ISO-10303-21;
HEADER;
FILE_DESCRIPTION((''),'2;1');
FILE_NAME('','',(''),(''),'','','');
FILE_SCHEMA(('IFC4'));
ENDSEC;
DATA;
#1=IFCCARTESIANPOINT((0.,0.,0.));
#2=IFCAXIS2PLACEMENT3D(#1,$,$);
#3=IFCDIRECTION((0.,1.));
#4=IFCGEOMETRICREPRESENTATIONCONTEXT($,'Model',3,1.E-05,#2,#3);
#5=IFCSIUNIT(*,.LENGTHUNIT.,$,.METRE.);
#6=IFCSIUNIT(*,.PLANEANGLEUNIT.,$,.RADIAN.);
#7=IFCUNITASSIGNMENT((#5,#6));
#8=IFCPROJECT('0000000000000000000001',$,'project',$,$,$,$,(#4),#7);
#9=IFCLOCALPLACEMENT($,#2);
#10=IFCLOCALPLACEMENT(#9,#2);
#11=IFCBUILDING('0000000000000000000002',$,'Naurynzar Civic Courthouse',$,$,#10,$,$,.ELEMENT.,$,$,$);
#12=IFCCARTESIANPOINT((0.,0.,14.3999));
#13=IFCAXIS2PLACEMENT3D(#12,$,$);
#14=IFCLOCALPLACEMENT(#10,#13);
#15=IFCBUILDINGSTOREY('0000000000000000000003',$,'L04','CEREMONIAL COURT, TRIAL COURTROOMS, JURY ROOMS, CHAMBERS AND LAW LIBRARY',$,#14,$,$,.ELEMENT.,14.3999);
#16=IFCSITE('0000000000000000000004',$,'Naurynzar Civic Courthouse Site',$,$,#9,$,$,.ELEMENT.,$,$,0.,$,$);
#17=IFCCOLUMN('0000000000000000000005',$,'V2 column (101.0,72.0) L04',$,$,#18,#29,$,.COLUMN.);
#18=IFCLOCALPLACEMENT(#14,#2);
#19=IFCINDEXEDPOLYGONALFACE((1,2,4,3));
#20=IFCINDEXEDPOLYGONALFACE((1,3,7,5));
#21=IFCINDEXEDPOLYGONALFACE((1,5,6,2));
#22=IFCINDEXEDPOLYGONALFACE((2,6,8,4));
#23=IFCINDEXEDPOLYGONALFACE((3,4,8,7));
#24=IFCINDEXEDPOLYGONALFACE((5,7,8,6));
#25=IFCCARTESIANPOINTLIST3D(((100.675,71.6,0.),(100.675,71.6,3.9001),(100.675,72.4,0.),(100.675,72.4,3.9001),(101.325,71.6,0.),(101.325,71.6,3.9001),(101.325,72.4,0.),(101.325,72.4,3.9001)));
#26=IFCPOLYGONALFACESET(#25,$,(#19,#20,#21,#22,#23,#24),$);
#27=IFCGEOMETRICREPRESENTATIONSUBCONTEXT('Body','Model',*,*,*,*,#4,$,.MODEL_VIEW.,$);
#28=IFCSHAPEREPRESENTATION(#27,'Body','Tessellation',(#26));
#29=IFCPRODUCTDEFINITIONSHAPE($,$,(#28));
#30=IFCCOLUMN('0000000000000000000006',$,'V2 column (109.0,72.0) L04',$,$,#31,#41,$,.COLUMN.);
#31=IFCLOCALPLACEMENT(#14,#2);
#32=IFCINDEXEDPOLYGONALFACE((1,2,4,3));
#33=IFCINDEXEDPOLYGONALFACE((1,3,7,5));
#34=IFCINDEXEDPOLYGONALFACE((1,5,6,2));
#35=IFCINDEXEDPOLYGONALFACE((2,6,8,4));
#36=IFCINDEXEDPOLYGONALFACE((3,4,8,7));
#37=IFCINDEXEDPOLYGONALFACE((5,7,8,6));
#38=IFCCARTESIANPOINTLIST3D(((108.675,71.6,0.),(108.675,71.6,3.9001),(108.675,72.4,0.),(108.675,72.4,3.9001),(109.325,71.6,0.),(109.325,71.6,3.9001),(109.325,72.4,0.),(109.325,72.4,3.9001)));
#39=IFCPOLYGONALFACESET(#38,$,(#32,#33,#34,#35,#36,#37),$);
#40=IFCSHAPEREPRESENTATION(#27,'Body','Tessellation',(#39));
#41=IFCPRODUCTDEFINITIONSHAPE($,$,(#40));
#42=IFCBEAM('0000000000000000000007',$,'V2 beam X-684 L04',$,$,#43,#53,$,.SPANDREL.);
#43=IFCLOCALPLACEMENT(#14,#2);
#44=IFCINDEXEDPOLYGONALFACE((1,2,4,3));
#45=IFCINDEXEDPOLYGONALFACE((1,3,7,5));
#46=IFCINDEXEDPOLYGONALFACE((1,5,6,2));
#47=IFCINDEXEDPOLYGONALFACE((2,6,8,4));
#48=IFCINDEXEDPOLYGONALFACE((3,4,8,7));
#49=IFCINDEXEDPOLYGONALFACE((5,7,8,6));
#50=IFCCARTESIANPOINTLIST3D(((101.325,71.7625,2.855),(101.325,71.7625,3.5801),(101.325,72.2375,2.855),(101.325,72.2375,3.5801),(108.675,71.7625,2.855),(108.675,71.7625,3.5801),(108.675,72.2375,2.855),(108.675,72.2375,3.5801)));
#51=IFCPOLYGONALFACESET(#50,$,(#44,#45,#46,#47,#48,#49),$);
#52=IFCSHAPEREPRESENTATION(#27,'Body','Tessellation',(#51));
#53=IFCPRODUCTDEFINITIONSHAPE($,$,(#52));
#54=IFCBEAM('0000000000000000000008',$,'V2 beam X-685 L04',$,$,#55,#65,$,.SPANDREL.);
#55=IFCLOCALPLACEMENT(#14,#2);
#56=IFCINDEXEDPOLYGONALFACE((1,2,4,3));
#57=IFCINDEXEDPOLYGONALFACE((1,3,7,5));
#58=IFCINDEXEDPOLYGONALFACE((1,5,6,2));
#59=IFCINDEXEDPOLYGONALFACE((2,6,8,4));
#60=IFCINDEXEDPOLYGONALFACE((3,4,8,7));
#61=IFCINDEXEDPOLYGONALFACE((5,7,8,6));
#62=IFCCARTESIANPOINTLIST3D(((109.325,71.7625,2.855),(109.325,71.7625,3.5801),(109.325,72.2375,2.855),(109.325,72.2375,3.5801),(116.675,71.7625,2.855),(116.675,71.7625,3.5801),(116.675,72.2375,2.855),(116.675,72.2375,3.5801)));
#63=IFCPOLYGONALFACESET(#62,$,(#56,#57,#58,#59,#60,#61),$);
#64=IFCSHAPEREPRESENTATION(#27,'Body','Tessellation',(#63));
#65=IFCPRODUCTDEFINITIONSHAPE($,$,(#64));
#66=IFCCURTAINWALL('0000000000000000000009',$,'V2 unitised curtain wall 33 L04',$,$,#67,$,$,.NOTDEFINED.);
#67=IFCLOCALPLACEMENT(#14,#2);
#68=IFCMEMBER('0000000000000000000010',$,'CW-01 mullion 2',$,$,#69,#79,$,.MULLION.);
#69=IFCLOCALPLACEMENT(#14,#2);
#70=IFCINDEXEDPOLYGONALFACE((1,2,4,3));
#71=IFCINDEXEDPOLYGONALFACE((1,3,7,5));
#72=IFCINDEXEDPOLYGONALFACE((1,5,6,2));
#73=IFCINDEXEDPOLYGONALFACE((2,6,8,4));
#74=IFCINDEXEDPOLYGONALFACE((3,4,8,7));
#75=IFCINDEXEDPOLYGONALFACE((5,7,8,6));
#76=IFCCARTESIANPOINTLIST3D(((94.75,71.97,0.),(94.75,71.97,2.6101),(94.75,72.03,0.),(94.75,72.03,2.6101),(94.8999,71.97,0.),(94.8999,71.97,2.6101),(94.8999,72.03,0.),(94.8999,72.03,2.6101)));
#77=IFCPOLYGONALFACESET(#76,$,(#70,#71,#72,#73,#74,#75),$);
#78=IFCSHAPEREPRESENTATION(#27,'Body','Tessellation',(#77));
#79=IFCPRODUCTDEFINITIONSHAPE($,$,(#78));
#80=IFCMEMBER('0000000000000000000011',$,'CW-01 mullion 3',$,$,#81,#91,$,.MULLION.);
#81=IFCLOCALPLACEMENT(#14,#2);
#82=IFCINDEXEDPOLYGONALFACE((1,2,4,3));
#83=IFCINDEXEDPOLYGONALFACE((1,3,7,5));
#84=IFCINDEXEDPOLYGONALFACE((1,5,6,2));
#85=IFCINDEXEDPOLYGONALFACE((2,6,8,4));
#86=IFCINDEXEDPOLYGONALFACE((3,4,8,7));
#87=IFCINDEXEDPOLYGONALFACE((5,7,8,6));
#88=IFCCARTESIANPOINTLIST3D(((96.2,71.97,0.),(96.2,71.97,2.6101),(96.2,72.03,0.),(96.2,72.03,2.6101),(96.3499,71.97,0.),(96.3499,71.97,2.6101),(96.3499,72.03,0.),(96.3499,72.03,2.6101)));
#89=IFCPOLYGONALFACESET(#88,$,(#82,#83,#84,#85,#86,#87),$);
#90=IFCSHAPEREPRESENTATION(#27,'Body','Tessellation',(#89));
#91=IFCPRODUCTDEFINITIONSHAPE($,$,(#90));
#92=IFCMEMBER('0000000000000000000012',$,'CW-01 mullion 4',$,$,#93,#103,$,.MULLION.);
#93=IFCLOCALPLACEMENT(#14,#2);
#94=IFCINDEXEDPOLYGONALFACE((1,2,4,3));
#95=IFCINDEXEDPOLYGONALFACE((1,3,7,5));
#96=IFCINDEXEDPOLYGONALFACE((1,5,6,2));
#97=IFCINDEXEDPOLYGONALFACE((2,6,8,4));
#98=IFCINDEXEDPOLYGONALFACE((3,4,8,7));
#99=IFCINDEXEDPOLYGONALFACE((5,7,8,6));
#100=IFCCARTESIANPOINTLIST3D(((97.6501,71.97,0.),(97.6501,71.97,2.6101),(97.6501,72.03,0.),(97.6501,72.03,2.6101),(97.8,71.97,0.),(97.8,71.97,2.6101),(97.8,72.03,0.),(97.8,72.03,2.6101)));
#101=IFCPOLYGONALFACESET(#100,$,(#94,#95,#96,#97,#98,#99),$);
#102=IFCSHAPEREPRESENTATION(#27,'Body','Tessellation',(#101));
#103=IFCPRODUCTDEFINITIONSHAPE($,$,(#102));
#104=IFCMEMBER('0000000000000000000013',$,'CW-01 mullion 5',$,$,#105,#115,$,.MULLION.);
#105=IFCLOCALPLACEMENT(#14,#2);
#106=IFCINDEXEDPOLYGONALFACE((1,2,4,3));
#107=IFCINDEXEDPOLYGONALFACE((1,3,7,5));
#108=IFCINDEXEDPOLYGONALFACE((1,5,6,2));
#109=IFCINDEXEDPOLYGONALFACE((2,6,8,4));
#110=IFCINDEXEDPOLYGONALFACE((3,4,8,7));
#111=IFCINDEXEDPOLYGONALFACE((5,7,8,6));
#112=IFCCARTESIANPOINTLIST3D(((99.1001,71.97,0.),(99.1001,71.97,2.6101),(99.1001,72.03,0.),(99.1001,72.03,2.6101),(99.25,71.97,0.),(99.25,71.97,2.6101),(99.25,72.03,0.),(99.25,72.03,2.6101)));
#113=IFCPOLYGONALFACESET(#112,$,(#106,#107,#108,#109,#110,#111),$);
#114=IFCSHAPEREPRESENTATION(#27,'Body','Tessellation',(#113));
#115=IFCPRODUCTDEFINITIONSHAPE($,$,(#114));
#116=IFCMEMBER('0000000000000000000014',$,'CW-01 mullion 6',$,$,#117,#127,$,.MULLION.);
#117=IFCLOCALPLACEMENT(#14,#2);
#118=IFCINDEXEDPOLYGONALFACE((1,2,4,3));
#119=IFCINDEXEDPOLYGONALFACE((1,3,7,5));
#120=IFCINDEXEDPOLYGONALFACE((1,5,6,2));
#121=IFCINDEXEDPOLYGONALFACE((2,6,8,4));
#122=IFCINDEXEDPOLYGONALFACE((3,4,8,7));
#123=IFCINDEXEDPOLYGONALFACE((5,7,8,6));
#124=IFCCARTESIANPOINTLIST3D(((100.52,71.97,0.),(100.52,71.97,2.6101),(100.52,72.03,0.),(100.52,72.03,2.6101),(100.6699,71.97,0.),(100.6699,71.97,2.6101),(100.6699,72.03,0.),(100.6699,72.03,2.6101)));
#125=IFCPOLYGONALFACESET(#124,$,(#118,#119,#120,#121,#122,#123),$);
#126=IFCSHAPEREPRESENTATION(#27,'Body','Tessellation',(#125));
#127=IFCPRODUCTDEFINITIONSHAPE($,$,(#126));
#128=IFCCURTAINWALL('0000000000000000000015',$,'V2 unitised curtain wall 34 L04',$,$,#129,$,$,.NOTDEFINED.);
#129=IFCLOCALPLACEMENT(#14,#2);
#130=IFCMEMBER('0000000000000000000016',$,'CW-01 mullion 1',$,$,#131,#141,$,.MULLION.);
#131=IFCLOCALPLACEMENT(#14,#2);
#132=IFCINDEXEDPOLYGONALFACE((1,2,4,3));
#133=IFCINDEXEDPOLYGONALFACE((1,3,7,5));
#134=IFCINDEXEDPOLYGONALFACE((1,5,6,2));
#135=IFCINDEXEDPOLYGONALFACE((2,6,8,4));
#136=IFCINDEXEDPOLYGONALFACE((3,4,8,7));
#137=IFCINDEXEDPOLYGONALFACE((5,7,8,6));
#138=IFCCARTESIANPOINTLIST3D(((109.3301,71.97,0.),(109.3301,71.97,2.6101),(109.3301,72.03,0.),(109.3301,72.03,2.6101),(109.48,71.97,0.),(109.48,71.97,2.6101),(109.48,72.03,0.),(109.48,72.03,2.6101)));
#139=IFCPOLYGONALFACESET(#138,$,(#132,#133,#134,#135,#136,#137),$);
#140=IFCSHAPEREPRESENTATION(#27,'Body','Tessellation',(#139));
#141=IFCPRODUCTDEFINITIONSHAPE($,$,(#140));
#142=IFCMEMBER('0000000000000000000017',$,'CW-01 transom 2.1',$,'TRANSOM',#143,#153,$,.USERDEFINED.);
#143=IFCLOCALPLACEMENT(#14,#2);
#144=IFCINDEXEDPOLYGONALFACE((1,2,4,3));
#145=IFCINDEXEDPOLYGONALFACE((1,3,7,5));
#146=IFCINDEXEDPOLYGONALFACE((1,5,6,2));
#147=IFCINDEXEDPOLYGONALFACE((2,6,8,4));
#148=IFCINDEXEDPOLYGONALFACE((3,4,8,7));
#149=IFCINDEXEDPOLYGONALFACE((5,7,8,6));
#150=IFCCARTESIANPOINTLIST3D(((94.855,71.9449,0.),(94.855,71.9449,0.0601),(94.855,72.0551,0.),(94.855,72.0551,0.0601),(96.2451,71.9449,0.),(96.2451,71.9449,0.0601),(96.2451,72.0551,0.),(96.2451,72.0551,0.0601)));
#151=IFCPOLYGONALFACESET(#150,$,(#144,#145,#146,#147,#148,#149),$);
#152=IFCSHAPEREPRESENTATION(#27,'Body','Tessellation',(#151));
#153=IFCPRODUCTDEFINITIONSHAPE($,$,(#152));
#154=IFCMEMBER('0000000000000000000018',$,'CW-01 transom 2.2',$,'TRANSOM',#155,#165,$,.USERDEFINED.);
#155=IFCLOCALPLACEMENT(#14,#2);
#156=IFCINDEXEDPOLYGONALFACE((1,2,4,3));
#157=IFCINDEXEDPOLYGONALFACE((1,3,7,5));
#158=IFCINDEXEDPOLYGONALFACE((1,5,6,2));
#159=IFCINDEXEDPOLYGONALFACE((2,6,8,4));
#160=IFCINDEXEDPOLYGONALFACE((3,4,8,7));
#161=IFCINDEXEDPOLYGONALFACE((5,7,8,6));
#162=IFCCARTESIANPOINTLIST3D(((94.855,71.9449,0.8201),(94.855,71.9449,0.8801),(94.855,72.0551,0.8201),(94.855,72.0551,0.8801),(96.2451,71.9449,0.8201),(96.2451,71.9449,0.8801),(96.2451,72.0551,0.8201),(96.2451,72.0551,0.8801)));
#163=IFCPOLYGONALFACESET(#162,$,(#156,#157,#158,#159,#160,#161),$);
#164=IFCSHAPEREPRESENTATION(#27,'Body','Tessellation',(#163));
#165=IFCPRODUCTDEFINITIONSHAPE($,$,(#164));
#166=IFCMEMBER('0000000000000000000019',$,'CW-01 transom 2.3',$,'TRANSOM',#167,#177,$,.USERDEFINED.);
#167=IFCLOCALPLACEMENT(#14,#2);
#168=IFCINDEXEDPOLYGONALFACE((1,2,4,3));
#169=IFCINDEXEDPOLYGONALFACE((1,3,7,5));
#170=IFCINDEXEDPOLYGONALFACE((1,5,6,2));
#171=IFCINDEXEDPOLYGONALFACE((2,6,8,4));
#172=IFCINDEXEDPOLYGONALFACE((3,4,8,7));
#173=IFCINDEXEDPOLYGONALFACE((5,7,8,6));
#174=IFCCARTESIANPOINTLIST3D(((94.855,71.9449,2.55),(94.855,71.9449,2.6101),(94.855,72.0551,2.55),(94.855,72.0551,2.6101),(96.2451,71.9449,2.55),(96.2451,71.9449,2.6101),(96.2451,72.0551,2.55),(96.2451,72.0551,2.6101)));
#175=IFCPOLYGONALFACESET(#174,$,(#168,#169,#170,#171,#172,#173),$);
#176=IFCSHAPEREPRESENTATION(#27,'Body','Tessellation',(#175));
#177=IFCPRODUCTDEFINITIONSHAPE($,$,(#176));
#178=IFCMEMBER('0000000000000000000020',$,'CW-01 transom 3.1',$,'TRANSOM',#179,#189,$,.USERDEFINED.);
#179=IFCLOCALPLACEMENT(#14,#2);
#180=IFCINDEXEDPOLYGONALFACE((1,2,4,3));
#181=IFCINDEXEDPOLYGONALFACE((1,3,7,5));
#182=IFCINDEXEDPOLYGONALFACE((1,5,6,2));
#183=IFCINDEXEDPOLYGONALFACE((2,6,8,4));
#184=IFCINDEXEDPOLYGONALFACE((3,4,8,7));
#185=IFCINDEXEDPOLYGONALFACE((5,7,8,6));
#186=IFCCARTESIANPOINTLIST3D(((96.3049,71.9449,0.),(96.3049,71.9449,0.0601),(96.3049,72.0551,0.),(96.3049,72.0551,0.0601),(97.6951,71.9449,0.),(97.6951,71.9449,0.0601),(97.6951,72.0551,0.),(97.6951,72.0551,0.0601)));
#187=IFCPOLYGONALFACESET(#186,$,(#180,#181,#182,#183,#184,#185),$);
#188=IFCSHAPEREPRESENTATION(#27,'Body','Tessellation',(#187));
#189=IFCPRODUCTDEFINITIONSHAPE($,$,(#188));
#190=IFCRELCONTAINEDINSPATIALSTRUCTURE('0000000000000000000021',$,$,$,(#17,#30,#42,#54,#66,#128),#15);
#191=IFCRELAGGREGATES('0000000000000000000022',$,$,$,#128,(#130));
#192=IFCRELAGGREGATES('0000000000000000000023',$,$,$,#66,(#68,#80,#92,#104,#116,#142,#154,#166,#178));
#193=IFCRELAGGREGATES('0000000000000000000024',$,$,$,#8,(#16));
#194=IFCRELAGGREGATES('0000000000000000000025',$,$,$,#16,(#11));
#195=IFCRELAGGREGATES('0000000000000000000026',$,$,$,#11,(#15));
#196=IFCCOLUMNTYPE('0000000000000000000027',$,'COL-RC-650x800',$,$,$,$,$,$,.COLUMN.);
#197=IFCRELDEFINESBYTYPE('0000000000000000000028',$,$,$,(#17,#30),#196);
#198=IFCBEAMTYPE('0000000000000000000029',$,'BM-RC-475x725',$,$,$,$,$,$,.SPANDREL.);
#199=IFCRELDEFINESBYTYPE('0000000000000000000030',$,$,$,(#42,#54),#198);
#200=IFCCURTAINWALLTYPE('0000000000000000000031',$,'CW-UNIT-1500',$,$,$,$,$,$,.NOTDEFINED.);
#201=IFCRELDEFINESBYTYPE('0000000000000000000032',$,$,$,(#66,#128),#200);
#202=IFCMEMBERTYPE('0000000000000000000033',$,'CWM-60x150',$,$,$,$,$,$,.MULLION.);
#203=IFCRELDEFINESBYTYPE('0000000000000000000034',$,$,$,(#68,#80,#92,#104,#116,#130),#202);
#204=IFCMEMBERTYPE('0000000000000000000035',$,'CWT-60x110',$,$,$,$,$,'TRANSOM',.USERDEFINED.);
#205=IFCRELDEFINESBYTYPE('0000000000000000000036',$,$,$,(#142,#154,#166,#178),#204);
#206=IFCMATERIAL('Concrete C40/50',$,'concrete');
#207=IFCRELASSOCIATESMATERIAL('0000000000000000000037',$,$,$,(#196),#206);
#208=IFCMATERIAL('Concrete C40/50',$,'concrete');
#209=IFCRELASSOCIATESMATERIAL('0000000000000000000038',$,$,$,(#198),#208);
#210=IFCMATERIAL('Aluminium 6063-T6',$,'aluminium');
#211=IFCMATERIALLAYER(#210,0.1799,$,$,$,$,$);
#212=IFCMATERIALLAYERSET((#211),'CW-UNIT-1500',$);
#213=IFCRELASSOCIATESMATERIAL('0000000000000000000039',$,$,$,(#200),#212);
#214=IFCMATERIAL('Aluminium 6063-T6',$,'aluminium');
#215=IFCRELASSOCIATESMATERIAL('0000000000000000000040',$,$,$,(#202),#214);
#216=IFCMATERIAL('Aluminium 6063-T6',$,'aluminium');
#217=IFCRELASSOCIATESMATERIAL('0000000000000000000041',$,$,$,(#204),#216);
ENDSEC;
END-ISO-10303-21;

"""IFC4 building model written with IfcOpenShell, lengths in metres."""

from ifc_helpers import new_model, si_unit, direction, frame, origin, origin_2d, place, context, subcontext, project, spatial, rectangle, extrude, material, layer, layer_set, material_profile, profile_set, type_object, element, aggregate, save


model = new_model("IFC4")

# Units and contexts
model_context = context("Model", 3, precision=1e-05, world=origin(), true_north=direction((0.0, 1.0)))
body_context = subcontext(model_context, "Body", "Model", "MODEL_VIEW")
ifc_project = project(units=[si_unit("LENGTHUNIT", "METRE"), si_unit("PLANEANGLEUNIT", "RADIAN")], contexts=[model_context])

# Site, building, storey
site_placement = place(None, origin())
site = spatial("IfcSite", under=ifc_project, at=site_placement, Name="Naurynzar Civic Courthouse Site", CompositionType="ELEMENT", RefElevation=0.0)
building_placement = place(site_placement, origin())
building = spatial("IfcBuilding", under=site, at=building_placement, Name="Naurynzar Civic Courthouse", CompositionType="ELEMENT")
storey_placement = place(building_placement, frame((0.0, 0.0, 14.3999)))
storey = spatial("IfcBuildingStorey", under=building, at=storey_placement, Name="L04", Description="CEREMONIAL COURT, TRIAL COURTROOMS, JURY ROOMS, CHAMBERS AND LAW LIBRARY", CompositionType="ELEMENT", Elevation=14.3999)

# Columns
ifc_material_1 = material(Name="Concrete C40/50", Category="concrete")
ifc_material_profile_1 = material_profile(ifc_material_1, rectangle(XDim=0.6499, YDim=0.8, at=origin_2d()), Name="RC 650x800")
ifc_profile_set_1 = profile_set([ifc_material_profile_1], Name="Concrete C40/50")
column_type = type_object("IfcColumnType", Name="COL-RC-650x800", PredefinedType="COLUMN", material=ifc_profile_set_1)
for number, where, z_axis, x_axis, name in (
    (1, (101.0, 72.0, 0.0), (0.0, 0.0, 1.0), (1.0, 0.0, 0.0), "V2 column (101.0,72.0) L04"),
    (2, (109.0, 72.0, 0.0), (0.0, 0.0, 1.0), (1.0, 0.0, 0.0), "V2 column (109.0,72.0) L04"),
):
    element("IfcColumn", number, at=place(storey_placement, frame(where, z_axis=z_axis, x_axis=x_axis)), inside=storey, type_object=column_type, Name=name, PredefinedType="COLUMN", context=body_context, shape_type="SweptSolid", body=[
        extrude(rectangle(XDim=0.6499, YDim=0.8, at=origin_2d()), origin(), (0.0, 0.0, 1.0), 3.9001),
    ])

# Beams
ifc_material_2 = material(Name="Concrete C40/50", Category="concrete")
ifc_material_profile_2 = material_profile(ifc_material_2, rectangle(XDim=0.4751, YDim=0.7251, at=origin_2d()), Name="RCB 475x725")
ifc_profile_set_2 = profile_set([ifc_material_profile_2], Name="Concrete C40/50")
beam_type = type_object("IfcBeamType", Name="BM-RC-475x725", PredefinedType="SPANDREL", material=ifc_profile_set_2)
for number, where, z_axis, x_axis, name in (
    (3, (101.325, 72.0, 3.2175), (1.0, 0.0, 0.0), (0.0, 1.0, 0.0), "V2 beam X-684 L04"),
    (4, (109.325, 72.0, 3.2175), (1.0, 0.0, 0.0), (0.0, 1.0, 0.0), "V2 beam X-685 L04"),
):
    element("IfcBeam", number, at=place(storey_placement, frame(where, z_axis=z_axis, x_axis=x_axis)), inside=storey, type_object=beam_type, Name=name, PredefinedType="SPANDREL", context=body_context, shape_type="SweptSolid", body=[
        extrude(rectangle(XDim=0.4751, YDim=0.7251, at=origin_2d()), origin(), (0.0, 0.0, 1.0), 7.3501),
    ])

# Curtain wall, members
ifc_material_3 = material(Name="Aluminium 6063-T6", Category="aluminium")
ifc_layer_1 = layer(ifc_material_3, 0.1799)
ifc_layer_set_1 = layer_set([ifc_layer_1], Name="CW-UNIT-1500")
curtain_wall_type = type_object("IfcCurtainWallType", Name="CW-UNIT-1500", PredefinedType="NOTDEFINED", material=ifc_layer_set_1)
curtain_wall_1_placement = place(storey_placement, origin())
curtain_wall_1 = element("IfcCurtainWall", 5, at=curtain_wall_1_placement, inside=storey, type_object=curtain_wall_type, Name="V2 unitised curtain wall 33 L04", PredefinedType="NOTDEFINED")
ifc_material_4 = material(Name="Aluminium 6063-T6", Category="aluminium")
ifc_material_profile_3 = material_profile(ifc_material_4, rectangle(XDim=0.0601, YDim=0.1499, at=origin_2d()), Name="ALU MULLION 60x150")
ifc_profile_set_3 = profile_set([ifc_material_profile_3], Name="Aluminium 6063-T6")
member_type_1 = type_object("IfcMemberType", Name="CWM-60x150", PredefinedType="MULLION", material=ifc_profile_set_3)
member_1_placement = place(storey_placement, frame((94.825, 72.0, 0.0), z_axis=(0.0, 0.0, 1.0), x_axis=(0.0, 1.0, 0.0)))
member_1 = element("IfcMember", 6, at=member_1_placement, type_object=member_type_1, Name="CW-01 mullion 2", PredefinedType="MULLION", context=body_context, shape_type="SweptSolid", body=[
    extrude(rectangle(XDim=0.0601, YDim=0.1499, at=origin_2d()), origin(), (0.0, 0.0, 1.0), 2.6101),
])
member_2_placement = place(storey_placement, frame((96.2749, 72.0, 0.0), z_axis=(0.0, 0.0, 1.0), x_axis=(0.0, 1.0, 0.0)))
member_2 = element("IfcMember", 7, at=member_2_placement, type_object=member_type_1, Name="CW-01 mullion 3", PredefinedType="MULLION", context=body_context, shape_type="SweptSolid", body=[
    extrude(rectangle(XDim=0.0601, YDim=0.1499, at=origin_2d()), origin(), (0.0, 0.0, 1.0), 2.6101),
])
member_3_placement = place(storey_placement, frame((97.7251, 72.0, 0.0), z_axis=(0.0, 0.0, 1.0), x_axis=(0.0, 1.0, 0.0)))
member_3 = element("IfcMember", 8, at=member_3_placement, type_object=member_type_1, Name="CW-01 mullion 4", PredefinedType="MULLION", context=body_context, shape_type="SweptSolid", body=[
    extrude(rectangle(XDim=0.0601, YDim=0.1499, at=origin_2d()), origin(), (0.0, 0.0, 1.0), 2.6101),
])
member_4_placement = place(storey_placement, frame((99.175, 72.0, 0.0), z_axis=(0.0, 0.0, 1.0), x_axis=(0.0, 1.0, 0.0)))
member_4 = element("IfcMember", 9, at=member_4_placement, type_object=member_type_1, Name="CW-01 mullion 5", PredefinedType="MULLION", context=body_context, shape_type="SweptSolid", body=[
    extrude(rectangle(XDim=0.0601, YDim=0.1499, at=origin_2d()), origin(), (0.0, 0.0, 1.0), 2.6101),
])
member_5_placement = place(storey_placement, frame((100.595, 72.0, 0.0), z_axis=(0.0, 0.0, 1.0), x_axis=(0.0, 1.0, 0.0)))
member_5 = element("IfcMember", 10, at=member_5_placement, type_object=member_type_1, Name="CW-01 mullion 6", PredefinedType="MULLION", context=body_context, shape_type="SweptSolid", body=[
    extrude(rectangle(XDim=0.0601, YDim=0.1499, at=origin_2d()), origin(), (0.0, 0.0, 1.0), 2.6101),
])

# Curtain wall, member
curtain_wall_2_placement = place(storey_placement, origin())
curtain_wall_2 = element("IfcCurtainWall", 11, at=curtain_wall_2_placement, inside=storey, type_object=curtain_wall_type, Name="V2 unitised curtain wall 34 L04", PredefinedType="NOTDEFINED")
member_6_placement = place(storey_placement, frame((109.405, 72.0, 0.0), z_axis=(0.0, 0.0, 1.0), x_axis=(0.0, 1.0, 0.0)))
member_6 = element("IfcMember", 12, at=member_6_placement, type_object=member_type_1, Name="CW-01 mullion 1", PredefinedType="MULLION", context=body_context, shape_type="SweptSolid", body=[
    extrude(rectangle(XDim=0.0601, YDim=0.1499, at=origin_2d()), origin(), (0.0, 0.0, 1.0), 2.6101),
])
aggregate(curtain_wall_2, [member_6])

# Members
ifc_material_5 = material(Name="Aluminium 6063-T6", Category="aluminium")
ifc_material_profile_4 = material_profile(ifc_material_5, rectangle(XDim=0.1101, YDim=0.0601, at=origin_2d()), Name="ALU TRANSOM 60x110")
ifc_profile_set_4 = profile_set([ifc_material_profile_4], Name="Aluminium 6063-T6")
member_type_2 = type_object("IfcMemberType", Name="CWT-60x110", ElementType="TRANSOM", PredefinedType="USERDEFINED", material=ifc_profile_set_4)
member_7_placement = place(storey_placement, frame((94.855, 72.0, 0.03), z_axis=(1.0, 0.0, 0.0), x_axis=(0.0, 1.0, 0.0)))
member_7 = element("IfcMember", 13, at=member_7_placement, type_object=member_type_2, Name="CW-01 transom 2.1", ObjectType="TRANSOM", PredefinedType="USERDEFINED", context=body_context, shape_type="SweptSolid", body=[
    extrude(rectangle(XDim=0.1101, YDim=0.0601, at=origin_2d()), origin(), (0.0, 0.0, 1.0), 1.3901),
])
member_8_placement = place(storey_placement, frame((94.855, 72.0, 0.8501), z_axis=(1.0, 0.0, 0.0), x_axis=(0.0, 1.0, 0.0)))
member_8 = element("IfcMember", 14, at=member_8_placement, type_object=member_type_2, Name="CW-01 transom 2.2", ObjectType="TRANSOM", PredefinedType="USERDEFINED", context=body_context, shape_type="SweptSolid", body=[
    extrude(rectangle(XDim=0.1101, YDim=0.0601, at=origin_2d()), origin(), (0.0, 0.0, 1.0), 1.3901),
])
member_9_placement = place(storey_placement, frame((94.855, 72.0, 2.5801), z_axis=(1.0, 0.0, 0.0), x_axis=(0.0, 1.0, 0.0)))
member_9 = element("IfcMember", 15, at=member_9_placement, type_object=member_type_2, Name="CW-01 transom 2.3", ObjectType="TRANSOM", PredefinedType="USERDEFINED", context=body_context, shape_type="SweptSolid", body=[
    extrude(rectangle(XDim=0.1101, YDim=0.0601, at=origin_2d()), origin(), (0.0, 0.0, 1.0), 1.3901),
])
member_10_placement = place(storey_placement, frame((96.3049, 72.0, 0.03), z_axis=(1.0, 0.0, 0.0), x_axis=(0.0, 1.0, 0.0)))
member_10 = element("IfcMember", 16, at=member_10_placement, type_object=member_type_2, Name="CW-01 transom 3.1", ObjectType="TRANSOM", PredefinedType="USERDEFINED", context=body_context, shape_type="SweptSolid", body=[
    extrude(rectangle(XDim=0.1101, YDim=0.0601, at=origin_2d()), origin(), (0.0, 0.0, 1.0), 1.3901),
])

aggregate(curtain_wall_1, [member_1, member_2, member_3, member_4, member_5, member_7, member_8, member_9, member_10])

save(model, "model.ifc")
